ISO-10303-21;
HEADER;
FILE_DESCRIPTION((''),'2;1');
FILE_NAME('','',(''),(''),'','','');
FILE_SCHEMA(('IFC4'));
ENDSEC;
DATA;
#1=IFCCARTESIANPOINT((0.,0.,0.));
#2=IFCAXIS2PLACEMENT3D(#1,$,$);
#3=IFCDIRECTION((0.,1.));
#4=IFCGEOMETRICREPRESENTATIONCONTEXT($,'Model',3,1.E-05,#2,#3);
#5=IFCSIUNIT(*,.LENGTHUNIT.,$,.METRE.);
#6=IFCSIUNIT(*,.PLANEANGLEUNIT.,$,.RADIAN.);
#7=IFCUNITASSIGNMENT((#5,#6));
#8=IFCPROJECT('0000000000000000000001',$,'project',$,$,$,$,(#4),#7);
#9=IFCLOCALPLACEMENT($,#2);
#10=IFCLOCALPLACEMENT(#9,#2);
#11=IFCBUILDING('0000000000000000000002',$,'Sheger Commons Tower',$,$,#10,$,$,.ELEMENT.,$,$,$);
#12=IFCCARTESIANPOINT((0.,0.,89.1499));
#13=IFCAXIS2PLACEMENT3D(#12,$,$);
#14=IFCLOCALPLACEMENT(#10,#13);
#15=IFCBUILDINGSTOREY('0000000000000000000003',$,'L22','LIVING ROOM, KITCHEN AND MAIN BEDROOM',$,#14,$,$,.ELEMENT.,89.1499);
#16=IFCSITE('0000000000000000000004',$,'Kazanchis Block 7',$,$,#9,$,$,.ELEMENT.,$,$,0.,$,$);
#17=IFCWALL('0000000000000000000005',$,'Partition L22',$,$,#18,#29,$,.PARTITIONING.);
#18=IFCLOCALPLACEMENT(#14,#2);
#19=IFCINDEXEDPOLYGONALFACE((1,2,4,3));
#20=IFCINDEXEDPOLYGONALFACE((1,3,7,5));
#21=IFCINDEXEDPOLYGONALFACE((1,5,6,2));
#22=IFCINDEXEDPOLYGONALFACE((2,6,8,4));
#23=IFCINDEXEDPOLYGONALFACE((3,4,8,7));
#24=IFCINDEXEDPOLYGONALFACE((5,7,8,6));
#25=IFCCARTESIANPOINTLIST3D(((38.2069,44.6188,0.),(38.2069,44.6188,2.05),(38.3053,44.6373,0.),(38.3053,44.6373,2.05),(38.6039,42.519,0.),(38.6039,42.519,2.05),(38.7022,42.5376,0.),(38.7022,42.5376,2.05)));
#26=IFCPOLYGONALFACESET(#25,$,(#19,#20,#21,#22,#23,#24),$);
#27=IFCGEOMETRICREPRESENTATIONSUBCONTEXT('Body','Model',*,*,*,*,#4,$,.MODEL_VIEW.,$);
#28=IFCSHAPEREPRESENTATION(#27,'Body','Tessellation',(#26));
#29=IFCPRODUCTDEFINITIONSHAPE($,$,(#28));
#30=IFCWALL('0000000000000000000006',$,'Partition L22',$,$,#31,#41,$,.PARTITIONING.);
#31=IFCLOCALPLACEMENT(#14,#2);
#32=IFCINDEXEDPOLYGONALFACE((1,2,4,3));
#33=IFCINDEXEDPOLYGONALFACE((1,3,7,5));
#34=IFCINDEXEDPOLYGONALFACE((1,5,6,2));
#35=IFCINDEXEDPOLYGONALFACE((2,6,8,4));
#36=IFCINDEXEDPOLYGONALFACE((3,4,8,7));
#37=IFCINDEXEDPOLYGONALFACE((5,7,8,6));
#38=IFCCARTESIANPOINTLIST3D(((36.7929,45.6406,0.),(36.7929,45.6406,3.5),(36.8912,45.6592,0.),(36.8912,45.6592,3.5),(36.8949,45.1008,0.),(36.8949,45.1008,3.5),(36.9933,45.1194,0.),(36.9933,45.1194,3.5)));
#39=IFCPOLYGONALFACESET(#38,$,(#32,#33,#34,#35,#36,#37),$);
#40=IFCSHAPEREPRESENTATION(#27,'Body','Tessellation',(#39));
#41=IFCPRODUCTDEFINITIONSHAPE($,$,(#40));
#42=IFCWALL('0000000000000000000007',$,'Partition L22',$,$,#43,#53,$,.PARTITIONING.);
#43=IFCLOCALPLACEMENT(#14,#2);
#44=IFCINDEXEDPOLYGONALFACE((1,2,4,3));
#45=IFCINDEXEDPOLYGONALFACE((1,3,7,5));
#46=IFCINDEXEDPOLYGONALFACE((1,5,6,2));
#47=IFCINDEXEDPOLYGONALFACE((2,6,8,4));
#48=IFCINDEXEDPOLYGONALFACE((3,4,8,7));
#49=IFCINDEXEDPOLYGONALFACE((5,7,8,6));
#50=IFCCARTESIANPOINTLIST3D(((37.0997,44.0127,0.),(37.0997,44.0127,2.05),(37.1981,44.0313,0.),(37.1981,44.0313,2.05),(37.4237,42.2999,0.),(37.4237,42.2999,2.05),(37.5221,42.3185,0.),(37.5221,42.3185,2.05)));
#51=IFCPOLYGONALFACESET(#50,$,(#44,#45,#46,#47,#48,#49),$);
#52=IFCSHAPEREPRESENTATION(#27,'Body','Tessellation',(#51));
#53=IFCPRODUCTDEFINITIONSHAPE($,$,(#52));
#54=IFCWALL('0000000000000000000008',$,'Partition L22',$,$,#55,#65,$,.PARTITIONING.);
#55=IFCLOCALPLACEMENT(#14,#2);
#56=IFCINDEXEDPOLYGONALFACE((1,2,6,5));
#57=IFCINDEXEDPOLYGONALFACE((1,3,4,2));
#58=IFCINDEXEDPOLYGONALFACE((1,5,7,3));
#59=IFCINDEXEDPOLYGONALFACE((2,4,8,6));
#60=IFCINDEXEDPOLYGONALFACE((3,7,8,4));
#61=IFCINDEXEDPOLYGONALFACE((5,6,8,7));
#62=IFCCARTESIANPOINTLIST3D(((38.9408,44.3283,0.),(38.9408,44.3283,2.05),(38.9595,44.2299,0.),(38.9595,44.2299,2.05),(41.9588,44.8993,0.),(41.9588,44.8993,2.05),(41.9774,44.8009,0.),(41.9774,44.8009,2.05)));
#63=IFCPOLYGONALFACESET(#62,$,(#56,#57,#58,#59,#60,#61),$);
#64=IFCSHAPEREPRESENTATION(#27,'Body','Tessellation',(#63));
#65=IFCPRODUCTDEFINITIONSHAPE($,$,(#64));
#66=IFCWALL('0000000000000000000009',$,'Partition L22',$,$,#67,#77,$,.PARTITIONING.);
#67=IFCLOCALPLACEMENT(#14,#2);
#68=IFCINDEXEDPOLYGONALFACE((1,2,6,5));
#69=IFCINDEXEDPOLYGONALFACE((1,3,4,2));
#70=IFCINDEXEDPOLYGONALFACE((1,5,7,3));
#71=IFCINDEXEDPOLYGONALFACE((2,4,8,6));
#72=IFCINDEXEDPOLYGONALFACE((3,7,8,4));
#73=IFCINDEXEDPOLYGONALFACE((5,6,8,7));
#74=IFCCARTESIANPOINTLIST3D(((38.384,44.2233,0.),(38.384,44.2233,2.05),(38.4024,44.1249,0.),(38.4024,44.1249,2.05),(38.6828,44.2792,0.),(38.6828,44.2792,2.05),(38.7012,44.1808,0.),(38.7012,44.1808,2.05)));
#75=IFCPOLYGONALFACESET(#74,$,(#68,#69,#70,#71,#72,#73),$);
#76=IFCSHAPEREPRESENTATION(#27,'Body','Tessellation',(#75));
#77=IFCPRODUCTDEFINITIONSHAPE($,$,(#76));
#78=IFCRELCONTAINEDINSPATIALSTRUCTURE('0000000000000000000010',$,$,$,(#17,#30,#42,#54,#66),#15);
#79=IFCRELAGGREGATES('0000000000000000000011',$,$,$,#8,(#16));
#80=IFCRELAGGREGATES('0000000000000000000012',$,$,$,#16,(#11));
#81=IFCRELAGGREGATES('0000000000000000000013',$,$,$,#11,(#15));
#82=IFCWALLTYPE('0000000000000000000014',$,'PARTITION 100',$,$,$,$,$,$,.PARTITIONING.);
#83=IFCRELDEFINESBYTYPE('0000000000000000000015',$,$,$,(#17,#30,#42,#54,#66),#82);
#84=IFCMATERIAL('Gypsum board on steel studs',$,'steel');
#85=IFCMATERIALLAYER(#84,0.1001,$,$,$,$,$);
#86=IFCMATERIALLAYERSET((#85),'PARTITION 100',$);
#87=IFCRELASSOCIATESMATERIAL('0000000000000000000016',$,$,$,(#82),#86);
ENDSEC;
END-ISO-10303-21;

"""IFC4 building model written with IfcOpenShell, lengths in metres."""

from ifc_helpers import new_model, si_unit, direction, frame, frame_2d, origin, place, context, subcontext, project, spatial, rectangle, extrude, material, layer, layer_set, type_object, element, save


model = new_model("IFC4")

# Units and contexts
model_context = context("Model", 3, precision=1e-05, world=origin(), true_north=direction((0.0, 1.0)))
body_context = subcontext(model_context, "Body", "Model", "MODEL_VIEW")
ifc_project = project(units=[si_unit("LENGTHUNIT", "METRE"), si_unit("PLANEANGLEUNIT", "RADIAN")], contexts=[model_context])

# Site, building, storey
site_placement = place(None, origin())
site = spatial("IfcSite", under=ifc_project, at=site_placement, Name="Kazanchis Block 7", CompositionType="ELEMENT", RefElevation=0.0)
building_placement = place(site_placement, origin())
building = spatial("IfcBuilding", under=site, at=building_placement, Name="Sheger Commons Tower", CompositionType="ELEMENT")
storey_placement = place(building_placement, frame((0.0, 0.0, 89.1499)))
storey = spatial("IfcBuildingStorey", under=building, at=storey_placement, Name="L22", Description="LIVING ROOM, KITCHEN AND MAIN BEDROOM", CompositionType="ELEMENT", Elevation=89.1499)

# Walls
ifc_material_1 = material(Name="Gypsum board on steel studs", Category="steel")
ifc_layer_1 = layer(ifc_material_1, 0.1001)
ifc_layer_set_1 = layer_set([ifc_layer_1], Name="PARTITION 100")
wall_type_1 = type_object("IfcWallType", Name="PARTITION 100", PredefinedType="PARTITIONING", material=ifc_layer_set_1)
wall_1_placement = place(storey_placement, frame((38.2561, 44.6279, 0.0), z_axis=(0.0, 0.0, 1.0), x_axis=(0.185758, -0.982596, 0.0)))
element("IfcWall", 1, at=wall_1_placement, inside=storey, type_object=wall_type_1, Name="Partition L22", PredefinedType="PARTITIONING", context=body_context, shape_type="SweptSolid", body=[
    extrude(rectangle(XDim=2.137, YDim=0.1001, at=frame_2d((1.0684, 0.0))), origin(), (0.0, 0.0, 1.0), 2.05),
])
wall_2_placement = place(storey_placement, frame((36.842, 45.6499, 0.0), z_axis=(0.0, 0.0, 1.0), x_axis=(0.185764, -0.982594, 0.0)))
element("IfcWall", 2, at=wall_2_placement, inside=storey, type_object=wall_type_1, Name="Partition L22", PredefinedType="PARTITIONING", context=body_context, shape_type="SweptSolid", body=[
    extrude(rectangle(XDim=0.5493, YDim=0.1001, at=frame_2d((0.2747, 0.0))), origin(), (0.0, 0.0, 1.0), 3.5),
])
wall_3_placement = place(storey_placement, frame((37.1489, 44.022, 0.0), z_axis=(0.0, 0.0, 1.0), x_axis=(0.185844, -0.982579, 0.0)))
element("IfcWall", 3, at=wall_3_placement, inside=storey, type_object=wall_type_1, Name="Partition L22", PredefinedType="PARTITIONING", context=body_context, shape_type="SweptSolid", body=[
    extrude(rectangle(XDim=1.7432, YDim=0.1001, at=frame_2d((0.8716, 0.0))), origin(), (0.0, 0.0, 1.0), 2.05),
])
wall_4_placement = place(storey_placement, frame((41.968, 44.8501, 0.0), z_axis=(0.0, 0.0, 1.0), x_axis=(-0.982567, -0.18591, 0.0)))
element("IfcWall", 4, at=wall_4_placement, inside=storey, type_object=wall_type_1, Name="Partition L22", PredefinedType="PARTITIONING", context=body_context, shape_type="SweptSolid", body=[
    extrude(rectangle(XDim=3.0715, YDim=0.1001, at=frame_2d((1.5356, 0.0))), origin(), (0.0, 0.0, 1.0), 2.05),
])
wall_5_placement = place(storey_placement, frame((38.6919, 44.23, 0.0), z_axis=(0.0, 0.0, 1.0), x_axis=(-0.982945, -0.183901, 0.0)))
element("IfcWall", 5, at=wall_5_placement, inside=storey, type_object=wall_type_1, Name="Partition L22", PredefinedType="PARTITIONING", context=body_context, shape_type="SweptSolid", body=[
    extrude(rectangle(XDim=0.304, YDim=0.1001, at=frame_2d((0.1519, 0.0))), origin(), (0.0, 0.0, 1.0), 2.05),
])

save(model, "model.ifc")
